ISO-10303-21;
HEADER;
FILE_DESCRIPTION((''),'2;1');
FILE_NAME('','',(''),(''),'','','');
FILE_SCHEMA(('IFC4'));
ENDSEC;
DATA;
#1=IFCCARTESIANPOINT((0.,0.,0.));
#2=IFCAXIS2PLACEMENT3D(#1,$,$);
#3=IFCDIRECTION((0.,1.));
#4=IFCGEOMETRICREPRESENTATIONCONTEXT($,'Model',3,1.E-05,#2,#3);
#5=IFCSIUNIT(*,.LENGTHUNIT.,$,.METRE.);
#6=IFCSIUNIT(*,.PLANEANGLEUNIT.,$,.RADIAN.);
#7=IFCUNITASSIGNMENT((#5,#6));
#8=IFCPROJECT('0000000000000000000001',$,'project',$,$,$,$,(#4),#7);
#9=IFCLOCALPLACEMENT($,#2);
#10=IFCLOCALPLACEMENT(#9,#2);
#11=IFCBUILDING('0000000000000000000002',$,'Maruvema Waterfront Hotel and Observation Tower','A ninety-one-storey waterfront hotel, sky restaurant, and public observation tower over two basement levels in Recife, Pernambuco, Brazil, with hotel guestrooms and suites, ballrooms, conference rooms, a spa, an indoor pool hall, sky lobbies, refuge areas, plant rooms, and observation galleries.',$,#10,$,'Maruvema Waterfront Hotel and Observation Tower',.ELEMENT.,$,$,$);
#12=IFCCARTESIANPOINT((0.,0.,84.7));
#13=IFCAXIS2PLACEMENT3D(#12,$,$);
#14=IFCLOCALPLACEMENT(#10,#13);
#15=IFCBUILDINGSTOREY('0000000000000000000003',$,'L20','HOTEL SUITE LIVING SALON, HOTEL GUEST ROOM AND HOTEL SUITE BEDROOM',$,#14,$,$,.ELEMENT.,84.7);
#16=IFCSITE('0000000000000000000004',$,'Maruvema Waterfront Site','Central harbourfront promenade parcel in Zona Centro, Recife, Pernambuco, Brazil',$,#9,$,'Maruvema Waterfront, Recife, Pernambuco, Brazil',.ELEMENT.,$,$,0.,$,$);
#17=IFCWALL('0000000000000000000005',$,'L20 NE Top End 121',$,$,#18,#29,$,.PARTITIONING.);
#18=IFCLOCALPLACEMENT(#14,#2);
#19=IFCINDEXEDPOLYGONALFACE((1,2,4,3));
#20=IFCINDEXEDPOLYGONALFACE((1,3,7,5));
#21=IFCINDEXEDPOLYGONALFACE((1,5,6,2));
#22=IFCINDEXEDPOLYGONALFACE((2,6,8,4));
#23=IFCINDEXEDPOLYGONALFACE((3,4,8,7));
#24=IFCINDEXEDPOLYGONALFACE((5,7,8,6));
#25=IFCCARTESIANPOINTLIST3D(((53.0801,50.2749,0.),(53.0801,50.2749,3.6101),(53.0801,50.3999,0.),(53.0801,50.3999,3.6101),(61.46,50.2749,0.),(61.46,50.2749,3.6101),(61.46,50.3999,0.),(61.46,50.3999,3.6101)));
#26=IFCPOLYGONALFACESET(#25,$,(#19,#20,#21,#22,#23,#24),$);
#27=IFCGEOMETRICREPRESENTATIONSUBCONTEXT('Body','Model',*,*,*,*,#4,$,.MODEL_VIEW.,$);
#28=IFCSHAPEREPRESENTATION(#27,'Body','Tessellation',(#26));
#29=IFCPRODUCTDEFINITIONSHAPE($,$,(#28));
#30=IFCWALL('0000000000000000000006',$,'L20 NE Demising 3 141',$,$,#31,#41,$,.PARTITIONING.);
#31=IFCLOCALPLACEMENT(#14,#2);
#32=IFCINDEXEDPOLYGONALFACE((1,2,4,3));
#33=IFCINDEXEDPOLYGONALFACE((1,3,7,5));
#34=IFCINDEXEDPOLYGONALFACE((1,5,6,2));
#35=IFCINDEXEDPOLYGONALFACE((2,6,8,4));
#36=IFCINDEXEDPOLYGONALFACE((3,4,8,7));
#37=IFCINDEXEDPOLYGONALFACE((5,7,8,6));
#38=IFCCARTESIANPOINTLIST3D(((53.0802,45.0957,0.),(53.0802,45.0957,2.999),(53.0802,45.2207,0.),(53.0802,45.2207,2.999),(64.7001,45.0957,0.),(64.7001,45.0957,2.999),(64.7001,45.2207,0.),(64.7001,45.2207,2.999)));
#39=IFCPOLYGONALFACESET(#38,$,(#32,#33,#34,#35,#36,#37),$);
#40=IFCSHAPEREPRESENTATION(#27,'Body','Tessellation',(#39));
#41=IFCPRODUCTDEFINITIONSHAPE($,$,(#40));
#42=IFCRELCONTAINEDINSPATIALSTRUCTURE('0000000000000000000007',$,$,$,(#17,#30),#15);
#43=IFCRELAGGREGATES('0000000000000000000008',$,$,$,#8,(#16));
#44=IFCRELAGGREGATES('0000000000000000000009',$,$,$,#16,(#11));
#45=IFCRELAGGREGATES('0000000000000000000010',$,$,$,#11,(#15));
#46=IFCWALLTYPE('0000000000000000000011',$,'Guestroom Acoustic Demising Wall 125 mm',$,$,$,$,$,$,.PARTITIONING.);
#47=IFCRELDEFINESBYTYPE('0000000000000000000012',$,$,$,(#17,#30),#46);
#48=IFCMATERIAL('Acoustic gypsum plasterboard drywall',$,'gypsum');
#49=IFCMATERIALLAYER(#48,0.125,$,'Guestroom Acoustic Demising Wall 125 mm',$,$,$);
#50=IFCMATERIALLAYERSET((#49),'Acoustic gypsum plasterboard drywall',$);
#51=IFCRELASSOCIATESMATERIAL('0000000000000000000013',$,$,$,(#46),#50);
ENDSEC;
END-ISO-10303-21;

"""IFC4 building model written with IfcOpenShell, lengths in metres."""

from ifc_helpers import new_model, si_unit, direction, frame, frame_2d, origin, place, context, subcontext, project, spatial, rectangle, extrude, material, layer, layer_set, type_object, element, save


model = new_model("IFC4")

# Units and contexts
model_context = context("Model", 3, precision=1e-05, world=origin(), true_north=direction((0.0, 1.0)))
body_context = subcontext(model_context, "Body", "Model", "MODEL_VIEW")
ifc_project = project(units=[si_unit("LENGTHUNIT", "METRE"), si_unit("PLANEANGLEUNIT", "RADIAN")], contexts=[model_context])

# Site, building, storey
site_placement = place(None, origin())
site = spatial("IfcSite", under=ifc_project, at=site_placement, Name="Maruvema Waterfront Site", Description="Central harbourfront promenade parcel in Zona Centro, Recife, Pernambuco, Brazil", LongName="Maruvema Waterfront, Recife, Pernambuco, Brazil", CompositionType="ELEMENT", RefElevation=0.0)
building_placement = place(site_placement, origin())
building = spatial("IfcBuilding", under=site, at=building_placement, Name="Maruvema Waterfront Hotel and Observation Tower", Description="A ninety-one-storey waterfront hotel, sky restaurant, and public observation tower over two basement levels in Recife, Pernambuco, Brazil, with hotel guestrooms and suites, ballrooms, conference rooms, a spa, an indoor pool hall, sky lobbies, refuge areas, plant rooms, and observation galleries.", LongName="Maruvema Waterfront Hotel and Observation Tower", CompositionType="ELEMENT")
storey_placement = place(building_placement, frame((0.0, 0.0, 84.7)))
storey = spatial("IfcBuildingStorey", under=building, at=storey_placement, Name="L20", Description="HOTEL SUITE LIVING SALON, HOTEL GUEST ROOM AND HOTEL SUITE BEDROOM", CompositionType="ELEMENT", Elevation=84.7)

# Walls
ifc_material_1 = material(Name="Acoustic gypsum plasterboard drywall", Category="gypsum")
ifc_layer_1 = layer(ifc_material_1, 0.125, Name="Guestroom Acoustic Demising Wall 125 mm")
ifc_layer_set_1 = layer_set([ifc_layer_1], Name="Acoustic gypsum plasterboard drywall")
wall_type_1 = type_object("IfcWallType", Name="Guestroom Acoustic Demising Wall 125 mm", PredefinedType="PARTITIONING", material=ifc_layer_set_1)
wall_1_placement = place(storey_placement, frame((53.0801, 50.3374, 0.0), z_axis=(0.0, 0.0, 1.0), x_axis=(1.0, 0.0, 0.0)))
element("IfcWall", 1, at=wall_1_placement, inside=storey, type_object=wall_type_1, Name="L20 NE Top End 121", PredefinedType="PARTITIONING", context=body_context, shape_type="SweptSolid", body=[
    extrude(rectangle(XDim=8.3799, YDim=0.125, at=frame_2d((4.1899, 0.0))), origin(), (0.0, 0.0, 1.0), 3.6101),
])
wall_2_placement = place(storey_placement, frame((53.0801, 45.1582, 0.0), z_axis=(0.0, 0.0, 1.0), x_axis=(1.0, 0.0, 0.0)))
element("IfcWall", 2, at=wall_2_placement, inside=storey, type_object=wall_type_1, Name="L20 NE Demising 3 141", PredefinedType="PARTITIONING", context=body_context, shape_type="SweptSolid", body=[
    extrude(rectangle(XDim=11.6199, YDim=0.125, at=frame_2d((5.8101, 0.0))), origin(), (0.0, 0.0, 1.0), 2.999),
])

save(model, "model.ifc")
